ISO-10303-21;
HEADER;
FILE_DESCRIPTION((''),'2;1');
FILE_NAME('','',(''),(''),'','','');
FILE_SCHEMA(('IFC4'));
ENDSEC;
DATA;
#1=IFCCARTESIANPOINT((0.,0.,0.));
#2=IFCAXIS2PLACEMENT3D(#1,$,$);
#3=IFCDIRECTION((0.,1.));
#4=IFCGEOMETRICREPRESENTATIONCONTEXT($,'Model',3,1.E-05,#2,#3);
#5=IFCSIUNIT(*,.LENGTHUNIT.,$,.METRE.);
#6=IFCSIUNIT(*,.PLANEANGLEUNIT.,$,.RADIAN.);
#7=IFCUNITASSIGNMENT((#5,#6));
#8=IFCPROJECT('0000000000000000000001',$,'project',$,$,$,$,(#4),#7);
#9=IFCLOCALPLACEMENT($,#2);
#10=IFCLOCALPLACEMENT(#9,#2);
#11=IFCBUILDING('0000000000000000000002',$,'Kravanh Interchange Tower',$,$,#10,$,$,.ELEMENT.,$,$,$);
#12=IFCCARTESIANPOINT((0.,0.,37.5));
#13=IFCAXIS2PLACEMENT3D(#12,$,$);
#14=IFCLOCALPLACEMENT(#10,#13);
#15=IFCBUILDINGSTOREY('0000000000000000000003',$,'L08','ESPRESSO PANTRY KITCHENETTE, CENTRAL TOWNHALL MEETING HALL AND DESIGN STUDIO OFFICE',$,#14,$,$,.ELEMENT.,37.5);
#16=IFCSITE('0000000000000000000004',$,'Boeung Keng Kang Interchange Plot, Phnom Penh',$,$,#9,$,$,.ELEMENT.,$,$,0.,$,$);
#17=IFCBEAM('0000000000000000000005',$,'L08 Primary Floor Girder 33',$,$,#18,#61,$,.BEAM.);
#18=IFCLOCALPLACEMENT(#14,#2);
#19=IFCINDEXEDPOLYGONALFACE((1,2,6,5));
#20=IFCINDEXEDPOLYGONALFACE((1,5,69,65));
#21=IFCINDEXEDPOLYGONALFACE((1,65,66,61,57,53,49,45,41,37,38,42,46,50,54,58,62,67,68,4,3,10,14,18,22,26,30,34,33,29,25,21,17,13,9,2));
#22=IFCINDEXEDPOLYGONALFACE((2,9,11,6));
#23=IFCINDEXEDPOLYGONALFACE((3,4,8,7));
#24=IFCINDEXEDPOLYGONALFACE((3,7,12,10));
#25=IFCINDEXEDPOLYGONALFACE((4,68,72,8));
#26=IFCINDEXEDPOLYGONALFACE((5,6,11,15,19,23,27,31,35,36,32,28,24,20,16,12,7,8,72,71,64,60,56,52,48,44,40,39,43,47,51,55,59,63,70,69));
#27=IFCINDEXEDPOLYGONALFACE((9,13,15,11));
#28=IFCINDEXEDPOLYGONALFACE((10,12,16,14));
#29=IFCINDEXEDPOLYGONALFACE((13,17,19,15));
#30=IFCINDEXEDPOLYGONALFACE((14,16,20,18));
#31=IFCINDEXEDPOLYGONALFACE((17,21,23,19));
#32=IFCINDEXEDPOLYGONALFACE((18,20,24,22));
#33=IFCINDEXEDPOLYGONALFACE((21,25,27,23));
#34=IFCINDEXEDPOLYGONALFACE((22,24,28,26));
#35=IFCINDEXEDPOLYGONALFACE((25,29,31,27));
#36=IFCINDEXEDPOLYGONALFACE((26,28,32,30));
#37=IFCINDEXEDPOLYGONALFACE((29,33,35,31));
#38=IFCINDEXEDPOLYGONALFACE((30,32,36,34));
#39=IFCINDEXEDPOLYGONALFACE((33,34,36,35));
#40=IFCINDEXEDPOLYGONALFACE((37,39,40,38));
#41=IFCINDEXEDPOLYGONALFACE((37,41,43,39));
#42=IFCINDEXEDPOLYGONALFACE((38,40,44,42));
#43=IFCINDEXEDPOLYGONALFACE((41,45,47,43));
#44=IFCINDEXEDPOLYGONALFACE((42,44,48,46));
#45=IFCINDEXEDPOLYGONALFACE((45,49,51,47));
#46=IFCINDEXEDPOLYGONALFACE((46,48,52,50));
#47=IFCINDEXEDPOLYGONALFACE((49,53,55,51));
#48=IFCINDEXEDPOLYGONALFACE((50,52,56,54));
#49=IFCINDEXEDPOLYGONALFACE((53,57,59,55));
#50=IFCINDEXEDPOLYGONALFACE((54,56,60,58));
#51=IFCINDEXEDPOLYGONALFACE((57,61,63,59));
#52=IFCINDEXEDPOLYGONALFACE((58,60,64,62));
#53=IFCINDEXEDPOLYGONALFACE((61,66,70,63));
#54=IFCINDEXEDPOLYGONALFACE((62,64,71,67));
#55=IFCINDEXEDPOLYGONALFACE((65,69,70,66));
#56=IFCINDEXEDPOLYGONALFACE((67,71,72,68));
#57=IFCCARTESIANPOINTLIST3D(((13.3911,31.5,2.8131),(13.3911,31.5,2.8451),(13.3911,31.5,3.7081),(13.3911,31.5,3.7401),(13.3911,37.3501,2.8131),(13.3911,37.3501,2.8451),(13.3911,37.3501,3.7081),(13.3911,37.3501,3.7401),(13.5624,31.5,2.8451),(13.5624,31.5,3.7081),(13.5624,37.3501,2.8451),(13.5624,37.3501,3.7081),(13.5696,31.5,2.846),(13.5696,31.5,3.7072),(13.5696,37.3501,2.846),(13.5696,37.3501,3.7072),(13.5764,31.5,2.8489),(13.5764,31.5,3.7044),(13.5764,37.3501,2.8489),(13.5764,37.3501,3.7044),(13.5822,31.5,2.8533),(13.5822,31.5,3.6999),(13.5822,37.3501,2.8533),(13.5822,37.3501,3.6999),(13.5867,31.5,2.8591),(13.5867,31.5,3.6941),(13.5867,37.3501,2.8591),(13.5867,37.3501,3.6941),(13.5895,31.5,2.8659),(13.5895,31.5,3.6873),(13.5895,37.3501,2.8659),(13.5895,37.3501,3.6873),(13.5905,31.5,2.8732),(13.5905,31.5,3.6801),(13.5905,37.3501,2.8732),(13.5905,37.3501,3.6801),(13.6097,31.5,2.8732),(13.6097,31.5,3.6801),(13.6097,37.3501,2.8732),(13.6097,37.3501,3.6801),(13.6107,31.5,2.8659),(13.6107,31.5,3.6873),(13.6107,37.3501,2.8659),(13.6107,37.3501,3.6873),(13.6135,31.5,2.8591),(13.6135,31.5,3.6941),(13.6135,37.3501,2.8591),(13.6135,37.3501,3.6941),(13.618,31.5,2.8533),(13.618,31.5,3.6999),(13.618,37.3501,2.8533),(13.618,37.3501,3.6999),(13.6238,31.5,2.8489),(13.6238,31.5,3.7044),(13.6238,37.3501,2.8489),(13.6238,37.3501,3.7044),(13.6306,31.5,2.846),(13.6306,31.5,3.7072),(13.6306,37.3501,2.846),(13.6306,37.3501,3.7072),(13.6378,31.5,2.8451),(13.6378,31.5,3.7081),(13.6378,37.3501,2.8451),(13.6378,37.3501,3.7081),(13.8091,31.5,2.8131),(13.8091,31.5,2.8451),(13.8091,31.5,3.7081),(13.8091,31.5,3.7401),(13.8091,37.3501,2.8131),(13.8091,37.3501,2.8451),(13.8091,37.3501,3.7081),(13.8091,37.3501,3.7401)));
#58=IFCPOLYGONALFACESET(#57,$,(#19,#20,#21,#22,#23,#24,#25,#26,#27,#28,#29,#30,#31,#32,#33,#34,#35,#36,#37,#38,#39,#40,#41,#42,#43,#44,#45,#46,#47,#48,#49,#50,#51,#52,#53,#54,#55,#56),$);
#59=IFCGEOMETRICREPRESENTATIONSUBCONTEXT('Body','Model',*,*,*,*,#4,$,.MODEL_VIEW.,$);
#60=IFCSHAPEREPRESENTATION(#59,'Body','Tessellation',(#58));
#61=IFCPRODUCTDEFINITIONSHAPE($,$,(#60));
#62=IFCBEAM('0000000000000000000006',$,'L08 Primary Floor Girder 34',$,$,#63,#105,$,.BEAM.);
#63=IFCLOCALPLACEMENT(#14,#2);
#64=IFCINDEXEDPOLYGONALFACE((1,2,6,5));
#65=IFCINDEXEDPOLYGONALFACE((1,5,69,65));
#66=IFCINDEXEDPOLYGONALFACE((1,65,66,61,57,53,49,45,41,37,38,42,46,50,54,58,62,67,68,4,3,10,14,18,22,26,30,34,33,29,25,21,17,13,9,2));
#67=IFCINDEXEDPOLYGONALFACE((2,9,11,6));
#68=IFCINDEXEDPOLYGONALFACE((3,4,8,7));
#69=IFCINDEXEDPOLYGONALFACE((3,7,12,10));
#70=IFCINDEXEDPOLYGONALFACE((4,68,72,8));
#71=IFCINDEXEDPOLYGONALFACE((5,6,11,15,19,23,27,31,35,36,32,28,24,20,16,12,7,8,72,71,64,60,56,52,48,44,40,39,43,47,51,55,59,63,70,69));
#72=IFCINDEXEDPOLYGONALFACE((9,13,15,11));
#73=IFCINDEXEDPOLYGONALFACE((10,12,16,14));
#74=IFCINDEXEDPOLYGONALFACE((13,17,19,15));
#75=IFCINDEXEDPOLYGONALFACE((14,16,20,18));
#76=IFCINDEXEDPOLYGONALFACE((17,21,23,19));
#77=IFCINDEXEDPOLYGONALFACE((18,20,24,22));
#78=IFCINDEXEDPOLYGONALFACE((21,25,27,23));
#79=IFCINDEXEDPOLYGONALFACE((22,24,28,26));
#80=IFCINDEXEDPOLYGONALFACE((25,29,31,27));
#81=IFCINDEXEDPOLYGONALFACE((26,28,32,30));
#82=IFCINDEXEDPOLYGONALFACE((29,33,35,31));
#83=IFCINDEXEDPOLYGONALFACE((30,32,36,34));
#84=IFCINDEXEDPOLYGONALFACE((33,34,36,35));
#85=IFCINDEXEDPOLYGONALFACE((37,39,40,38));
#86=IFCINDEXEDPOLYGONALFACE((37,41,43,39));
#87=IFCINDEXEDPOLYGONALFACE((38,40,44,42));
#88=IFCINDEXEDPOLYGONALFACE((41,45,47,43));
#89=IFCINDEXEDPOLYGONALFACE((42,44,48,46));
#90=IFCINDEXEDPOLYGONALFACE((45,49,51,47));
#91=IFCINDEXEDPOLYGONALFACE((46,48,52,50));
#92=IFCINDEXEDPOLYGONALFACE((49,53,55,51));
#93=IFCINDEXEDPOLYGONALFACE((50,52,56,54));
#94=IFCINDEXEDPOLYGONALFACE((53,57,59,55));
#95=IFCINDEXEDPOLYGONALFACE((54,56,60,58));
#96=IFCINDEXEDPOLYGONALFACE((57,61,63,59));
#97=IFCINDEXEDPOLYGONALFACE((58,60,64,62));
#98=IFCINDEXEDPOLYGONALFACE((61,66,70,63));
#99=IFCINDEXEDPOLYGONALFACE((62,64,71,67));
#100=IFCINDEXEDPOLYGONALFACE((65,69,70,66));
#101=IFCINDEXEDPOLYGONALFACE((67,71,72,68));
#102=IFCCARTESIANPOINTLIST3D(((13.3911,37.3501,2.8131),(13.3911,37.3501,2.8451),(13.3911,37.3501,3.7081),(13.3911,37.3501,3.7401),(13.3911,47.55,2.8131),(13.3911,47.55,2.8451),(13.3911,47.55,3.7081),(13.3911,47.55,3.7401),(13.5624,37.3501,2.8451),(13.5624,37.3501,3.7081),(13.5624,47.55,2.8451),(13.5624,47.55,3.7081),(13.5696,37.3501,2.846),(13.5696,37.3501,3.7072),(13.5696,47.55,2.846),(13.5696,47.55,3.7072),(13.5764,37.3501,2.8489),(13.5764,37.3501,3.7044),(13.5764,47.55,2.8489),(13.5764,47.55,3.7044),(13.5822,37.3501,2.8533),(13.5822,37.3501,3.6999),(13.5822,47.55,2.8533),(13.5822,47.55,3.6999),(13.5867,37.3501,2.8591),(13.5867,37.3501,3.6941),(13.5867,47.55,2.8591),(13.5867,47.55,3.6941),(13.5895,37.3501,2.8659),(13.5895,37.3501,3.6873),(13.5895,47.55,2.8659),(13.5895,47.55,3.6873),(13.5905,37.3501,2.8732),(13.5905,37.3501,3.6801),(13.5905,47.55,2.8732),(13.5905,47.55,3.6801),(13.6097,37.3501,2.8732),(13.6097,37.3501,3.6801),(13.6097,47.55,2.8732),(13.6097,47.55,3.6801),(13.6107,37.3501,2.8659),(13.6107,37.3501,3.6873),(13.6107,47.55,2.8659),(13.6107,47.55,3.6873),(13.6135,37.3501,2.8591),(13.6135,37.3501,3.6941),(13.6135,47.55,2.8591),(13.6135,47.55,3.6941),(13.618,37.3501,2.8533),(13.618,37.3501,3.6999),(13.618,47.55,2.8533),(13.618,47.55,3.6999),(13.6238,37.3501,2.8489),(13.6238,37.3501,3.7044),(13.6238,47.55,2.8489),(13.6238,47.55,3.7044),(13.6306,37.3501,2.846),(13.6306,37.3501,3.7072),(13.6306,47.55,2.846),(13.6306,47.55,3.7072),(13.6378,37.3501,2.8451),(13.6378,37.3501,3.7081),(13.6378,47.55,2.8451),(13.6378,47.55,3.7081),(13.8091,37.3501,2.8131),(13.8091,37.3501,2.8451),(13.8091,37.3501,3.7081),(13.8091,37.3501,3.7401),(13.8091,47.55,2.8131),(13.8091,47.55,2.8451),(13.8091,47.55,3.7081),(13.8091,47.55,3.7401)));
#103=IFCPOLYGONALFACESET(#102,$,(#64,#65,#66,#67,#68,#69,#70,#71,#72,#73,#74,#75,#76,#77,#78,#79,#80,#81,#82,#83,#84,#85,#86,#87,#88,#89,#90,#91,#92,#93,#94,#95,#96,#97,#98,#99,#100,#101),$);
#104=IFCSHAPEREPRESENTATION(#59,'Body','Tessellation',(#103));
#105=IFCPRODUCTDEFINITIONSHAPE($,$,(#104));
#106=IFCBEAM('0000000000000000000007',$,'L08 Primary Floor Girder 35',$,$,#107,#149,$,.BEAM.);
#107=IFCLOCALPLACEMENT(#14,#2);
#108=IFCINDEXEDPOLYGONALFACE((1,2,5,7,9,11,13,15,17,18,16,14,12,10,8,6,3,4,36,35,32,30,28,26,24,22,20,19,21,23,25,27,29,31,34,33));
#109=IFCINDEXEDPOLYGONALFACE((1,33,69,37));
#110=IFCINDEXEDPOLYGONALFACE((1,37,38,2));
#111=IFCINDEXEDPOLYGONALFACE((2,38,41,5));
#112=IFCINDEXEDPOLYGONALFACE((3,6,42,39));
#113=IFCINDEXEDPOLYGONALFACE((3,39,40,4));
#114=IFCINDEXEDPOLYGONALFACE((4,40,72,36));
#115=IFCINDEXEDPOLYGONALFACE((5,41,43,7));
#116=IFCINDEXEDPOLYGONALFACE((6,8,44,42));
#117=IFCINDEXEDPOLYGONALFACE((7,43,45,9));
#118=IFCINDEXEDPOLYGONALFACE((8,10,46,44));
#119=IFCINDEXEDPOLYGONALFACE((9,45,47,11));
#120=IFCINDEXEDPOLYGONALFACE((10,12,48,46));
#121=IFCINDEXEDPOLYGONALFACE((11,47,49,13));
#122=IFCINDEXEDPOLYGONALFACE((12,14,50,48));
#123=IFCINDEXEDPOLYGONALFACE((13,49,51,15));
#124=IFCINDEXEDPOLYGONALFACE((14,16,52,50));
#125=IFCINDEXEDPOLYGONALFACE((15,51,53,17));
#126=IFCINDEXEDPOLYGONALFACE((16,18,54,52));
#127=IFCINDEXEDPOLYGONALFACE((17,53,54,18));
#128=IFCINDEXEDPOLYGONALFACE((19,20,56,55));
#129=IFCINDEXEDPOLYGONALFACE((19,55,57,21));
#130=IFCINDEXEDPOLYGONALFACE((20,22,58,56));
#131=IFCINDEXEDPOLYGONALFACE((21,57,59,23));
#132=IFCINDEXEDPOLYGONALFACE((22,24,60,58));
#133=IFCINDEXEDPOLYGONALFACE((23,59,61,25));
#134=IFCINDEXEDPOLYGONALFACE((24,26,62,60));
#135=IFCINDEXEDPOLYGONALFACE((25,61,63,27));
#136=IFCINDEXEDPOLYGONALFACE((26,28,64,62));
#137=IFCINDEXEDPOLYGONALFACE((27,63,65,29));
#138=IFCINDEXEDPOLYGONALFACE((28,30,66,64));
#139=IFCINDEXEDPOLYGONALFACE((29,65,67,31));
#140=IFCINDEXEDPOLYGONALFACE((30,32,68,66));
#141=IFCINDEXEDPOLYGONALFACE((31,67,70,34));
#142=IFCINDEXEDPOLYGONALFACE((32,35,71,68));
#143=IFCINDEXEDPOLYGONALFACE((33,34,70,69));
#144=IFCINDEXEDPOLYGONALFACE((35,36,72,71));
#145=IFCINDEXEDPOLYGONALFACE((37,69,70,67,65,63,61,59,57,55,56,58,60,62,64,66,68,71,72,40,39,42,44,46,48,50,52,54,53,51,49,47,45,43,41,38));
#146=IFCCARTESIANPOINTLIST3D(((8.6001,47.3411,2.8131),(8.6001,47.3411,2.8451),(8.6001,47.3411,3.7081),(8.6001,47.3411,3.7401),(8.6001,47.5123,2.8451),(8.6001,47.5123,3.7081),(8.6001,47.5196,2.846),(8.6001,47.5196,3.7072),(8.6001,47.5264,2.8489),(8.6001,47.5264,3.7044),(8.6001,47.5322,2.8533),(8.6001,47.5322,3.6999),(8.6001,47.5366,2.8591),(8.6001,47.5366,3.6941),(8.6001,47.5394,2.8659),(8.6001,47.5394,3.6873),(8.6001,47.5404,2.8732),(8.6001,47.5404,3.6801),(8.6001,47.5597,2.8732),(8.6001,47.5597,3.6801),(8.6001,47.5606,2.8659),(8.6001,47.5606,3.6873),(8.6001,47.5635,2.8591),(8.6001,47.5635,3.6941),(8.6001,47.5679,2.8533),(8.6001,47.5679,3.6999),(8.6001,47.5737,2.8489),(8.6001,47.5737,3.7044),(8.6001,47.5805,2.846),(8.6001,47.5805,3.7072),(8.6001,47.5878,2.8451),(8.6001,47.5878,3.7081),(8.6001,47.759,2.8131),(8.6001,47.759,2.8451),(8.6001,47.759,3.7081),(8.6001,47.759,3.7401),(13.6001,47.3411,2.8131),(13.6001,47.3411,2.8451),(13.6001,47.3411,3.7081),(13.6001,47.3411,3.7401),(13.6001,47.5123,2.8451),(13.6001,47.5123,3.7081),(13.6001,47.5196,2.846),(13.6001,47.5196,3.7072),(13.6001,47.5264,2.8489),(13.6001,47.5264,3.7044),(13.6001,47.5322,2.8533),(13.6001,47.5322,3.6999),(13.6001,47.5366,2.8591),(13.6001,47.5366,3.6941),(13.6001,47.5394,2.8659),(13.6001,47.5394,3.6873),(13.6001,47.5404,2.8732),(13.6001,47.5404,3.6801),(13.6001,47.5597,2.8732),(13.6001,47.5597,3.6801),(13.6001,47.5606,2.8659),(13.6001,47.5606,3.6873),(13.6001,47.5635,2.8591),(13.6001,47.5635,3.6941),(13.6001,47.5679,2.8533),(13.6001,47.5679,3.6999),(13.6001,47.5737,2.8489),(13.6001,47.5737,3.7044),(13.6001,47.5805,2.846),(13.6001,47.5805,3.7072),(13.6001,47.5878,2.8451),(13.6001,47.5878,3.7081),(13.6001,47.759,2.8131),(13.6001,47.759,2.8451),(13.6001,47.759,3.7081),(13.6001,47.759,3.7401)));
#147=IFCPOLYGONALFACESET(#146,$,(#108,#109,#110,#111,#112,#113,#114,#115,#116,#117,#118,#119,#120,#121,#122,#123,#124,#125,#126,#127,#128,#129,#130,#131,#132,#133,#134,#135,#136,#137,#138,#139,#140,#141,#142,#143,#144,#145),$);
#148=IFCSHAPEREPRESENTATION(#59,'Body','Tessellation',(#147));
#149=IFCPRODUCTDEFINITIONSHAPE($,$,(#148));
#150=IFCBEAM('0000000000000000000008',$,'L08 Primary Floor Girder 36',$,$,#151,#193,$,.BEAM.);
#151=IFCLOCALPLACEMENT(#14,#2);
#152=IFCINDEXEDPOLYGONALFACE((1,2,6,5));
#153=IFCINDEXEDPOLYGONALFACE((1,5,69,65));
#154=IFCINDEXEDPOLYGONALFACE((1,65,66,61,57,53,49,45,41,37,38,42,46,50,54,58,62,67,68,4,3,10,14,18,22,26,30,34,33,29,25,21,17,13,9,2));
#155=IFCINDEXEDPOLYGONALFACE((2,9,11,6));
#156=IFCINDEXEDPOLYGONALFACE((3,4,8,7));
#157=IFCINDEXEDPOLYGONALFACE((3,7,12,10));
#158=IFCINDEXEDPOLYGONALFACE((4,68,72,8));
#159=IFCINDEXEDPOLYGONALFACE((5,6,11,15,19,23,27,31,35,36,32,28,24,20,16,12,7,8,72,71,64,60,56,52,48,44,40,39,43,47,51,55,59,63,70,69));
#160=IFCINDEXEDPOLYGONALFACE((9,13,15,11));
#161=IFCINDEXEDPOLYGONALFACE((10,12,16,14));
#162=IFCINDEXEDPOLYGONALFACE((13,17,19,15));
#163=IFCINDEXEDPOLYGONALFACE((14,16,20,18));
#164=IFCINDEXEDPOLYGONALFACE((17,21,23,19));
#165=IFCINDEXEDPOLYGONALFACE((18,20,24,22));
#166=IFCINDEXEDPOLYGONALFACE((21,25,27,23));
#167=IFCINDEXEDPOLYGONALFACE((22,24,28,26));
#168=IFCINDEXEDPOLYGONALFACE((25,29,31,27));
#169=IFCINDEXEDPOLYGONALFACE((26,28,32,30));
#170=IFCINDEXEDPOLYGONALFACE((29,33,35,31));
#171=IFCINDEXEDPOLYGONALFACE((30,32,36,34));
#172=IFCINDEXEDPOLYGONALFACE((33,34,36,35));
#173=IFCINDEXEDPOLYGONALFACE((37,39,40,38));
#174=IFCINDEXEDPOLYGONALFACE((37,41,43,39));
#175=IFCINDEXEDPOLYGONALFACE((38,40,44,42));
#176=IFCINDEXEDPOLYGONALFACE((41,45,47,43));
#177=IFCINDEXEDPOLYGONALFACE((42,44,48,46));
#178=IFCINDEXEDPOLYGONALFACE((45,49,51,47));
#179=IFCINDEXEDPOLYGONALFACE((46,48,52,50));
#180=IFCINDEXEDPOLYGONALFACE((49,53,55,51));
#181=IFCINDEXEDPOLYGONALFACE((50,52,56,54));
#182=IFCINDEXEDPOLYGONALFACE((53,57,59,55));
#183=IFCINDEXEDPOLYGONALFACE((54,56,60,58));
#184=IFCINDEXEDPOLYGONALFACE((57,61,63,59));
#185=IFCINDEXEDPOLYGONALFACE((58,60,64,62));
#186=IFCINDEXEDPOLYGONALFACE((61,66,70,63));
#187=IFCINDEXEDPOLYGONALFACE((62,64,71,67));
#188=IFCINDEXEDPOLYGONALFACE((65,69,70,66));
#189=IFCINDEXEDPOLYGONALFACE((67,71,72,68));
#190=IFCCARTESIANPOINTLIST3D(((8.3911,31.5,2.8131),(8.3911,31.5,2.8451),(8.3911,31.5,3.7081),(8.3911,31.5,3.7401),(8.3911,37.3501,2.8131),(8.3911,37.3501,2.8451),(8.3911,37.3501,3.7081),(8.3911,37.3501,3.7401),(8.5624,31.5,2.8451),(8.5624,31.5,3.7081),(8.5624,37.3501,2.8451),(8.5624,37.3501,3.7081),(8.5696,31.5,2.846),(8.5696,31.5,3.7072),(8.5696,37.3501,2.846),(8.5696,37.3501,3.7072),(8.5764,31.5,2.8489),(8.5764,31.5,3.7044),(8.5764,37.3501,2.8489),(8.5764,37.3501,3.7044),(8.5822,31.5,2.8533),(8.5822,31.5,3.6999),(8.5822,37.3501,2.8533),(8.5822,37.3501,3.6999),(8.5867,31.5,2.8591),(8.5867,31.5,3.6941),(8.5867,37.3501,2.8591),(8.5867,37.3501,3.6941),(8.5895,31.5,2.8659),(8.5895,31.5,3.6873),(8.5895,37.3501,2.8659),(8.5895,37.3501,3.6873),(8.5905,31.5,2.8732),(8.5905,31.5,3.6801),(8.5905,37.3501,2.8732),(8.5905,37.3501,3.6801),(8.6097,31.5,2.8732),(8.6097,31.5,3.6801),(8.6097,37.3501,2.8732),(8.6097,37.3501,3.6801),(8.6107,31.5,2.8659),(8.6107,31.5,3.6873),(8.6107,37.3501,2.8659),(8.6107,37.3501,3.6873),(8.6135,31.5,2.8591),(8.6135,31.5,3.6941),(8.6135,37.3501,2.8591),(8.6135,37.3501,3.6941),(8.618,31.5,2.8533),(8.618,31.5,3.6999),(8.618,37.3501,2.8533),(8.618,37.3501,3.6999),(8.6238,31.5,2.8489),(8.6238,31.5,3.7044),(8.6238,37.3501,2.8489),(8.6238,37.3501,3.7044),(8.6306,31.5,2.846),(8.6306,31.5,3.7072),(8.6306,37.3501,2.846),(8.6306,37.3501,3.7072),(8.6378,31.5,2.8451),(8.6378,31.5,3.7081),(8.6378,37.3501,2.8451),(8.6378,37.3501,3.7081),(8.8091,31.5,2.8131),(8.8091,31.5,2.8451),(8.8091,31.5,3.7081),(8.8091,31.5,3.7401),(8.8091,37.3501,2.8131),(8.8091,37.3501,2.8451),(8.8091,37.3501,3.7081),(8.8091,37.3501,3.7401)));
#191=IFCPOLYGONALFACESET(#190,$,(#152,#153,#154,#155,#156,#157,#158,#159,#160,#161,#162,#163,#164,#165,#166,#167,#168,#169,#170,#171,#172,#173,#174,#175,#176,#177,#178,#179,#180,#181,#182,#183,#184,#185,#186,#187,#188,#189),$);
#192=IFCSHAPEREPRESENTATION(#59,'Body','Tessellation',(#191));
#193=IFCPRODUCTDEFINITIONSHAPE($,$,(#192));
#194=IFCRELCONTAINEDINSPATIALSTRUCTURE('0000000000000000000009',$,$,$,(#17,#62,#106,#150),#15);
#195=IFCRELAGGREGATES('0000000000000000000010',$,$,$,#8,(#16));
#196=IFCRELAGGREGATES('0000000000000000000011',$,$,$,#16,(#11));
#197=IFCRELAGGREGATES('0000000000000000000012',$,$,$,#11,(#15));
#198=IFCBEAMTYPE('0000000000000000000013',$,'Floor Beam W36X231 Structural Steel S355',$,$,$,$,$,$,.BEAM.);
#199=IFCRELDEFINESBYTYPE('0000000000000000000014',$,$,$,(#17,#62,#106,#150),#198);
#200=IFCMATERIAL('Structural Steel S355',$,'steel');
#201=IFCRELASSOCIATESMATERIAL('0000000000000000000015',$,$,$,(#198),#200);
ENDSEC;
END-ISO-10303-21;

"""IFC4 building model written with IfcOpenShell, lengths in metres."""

from ifc_helpers import new_model, si_unit, direction, frame, origin, origin_2d, place, context, subcontext, project, spatial, i_section, extrude, material, material_profile, profile_set, type_object, element, save


model = new_model("IFC4")

# Units and contexts
model_context = context("Model", 3, precision=1e-05, world=origin(), true_north=direction((0.0, 1.0)))
body_context = subcontext(model_context, "Body", "Model", "MODEL_VIEW")
ifc_project = project(units=[si_unit("LENGTHUNIT", "METRE"), si_unit("PLANEANGLEUNIT", "RADIAN")], contexts=[model_context])

# Site, building, storey
site_placement = place(None, origin())
site = spatial("IfcSite", under=ifc_project, at=site_placement, Name="Boeung Keng Kang Interchange Plot, Phnom Penh", CompositionType="ELEMENT", RefElevation=0.0)
building_placement = place(site_placement, origin())
building = spatial("IfcBuilding", under=site, at=building_placement, Name="Kravanh Interchange Tower", CompositionType="ELEMENT")
storey_placement = place(building_placement, frame((0.0, 0.0, 37.5)))
storey = spatial("IfcBuildingStorey", under=building, at=storey_placement, Name="L08", Description="ESPRESSO PANTRY KITCHENETTE, CENTRAL TOWNHALL MEETING HALL AND DESIGN STUDIO OFFICE", CompositionType="ELEMENT", Elevation=37.5)

# Beams
ifc_material_1 = material(Name="Structural Steel S355", Category="steel")
ifc_material_profile_1 = material_profile(ifc_material_1, i_section(OverallWidth=0.418, OverallDepth=0.927, WebThickness=0.0193, FlangeThickness=0.032, FilletRadius=0.0281, at=origin_2d()), Name="W36X231")
ifc_profile_set_1 = profile_set([ifc_material_profile_1], Name="Structural Steel S355")
beam_type = type_object("IfcBeamType", Name="Floor Beam W36X231 Structural Steel S355", PredefinedType="BEAM", material=ifc_profile_set_1)
beam_1_placement = place(storey_placement, frame((13.6001, 37.3501, 3.2766), z_axis=(0.0, -1.0, 0.0), x_axis=(1.0, 0.0, 0.0)))
element("IfcBeam", 1, at=beam_1_placement, inside=storey, type_object=beam_type, Name="L08 Primary Floor Girder 33", PredefinedType="BEAM", context=body_context, shape_type="SweptSolid", body=[
    extrude(i_section(OverallWidth=0.418, OverallDepth=0.927, WebThickness=0.0193, FlangeThickness=0.032, FilletRadius=0.0281, at=origin_2d()), origin(), (0.0, 0.0, 1.0), 5.8501),
])
beam_2_placement = place(storey_placement, frame((13.6001, 37.3501, 3.2766), z_axis=(0.0, 1.0, 0.0), x_axis=(-1.0, 0.0, 0.0)))
element("IfcBeam", 2, at=beam_2_placement, inside=storey, type_object=beam_type, Name="L08 Primary Floor Girder 34", PredefinedType="BEAM", context=body_context, shape_type="SweptSolid", body=[
    extrude(i_section(OverallWidth=0.418, OverallDepth=0.927, WebThickness=0.0193, FlangeThickness=0.032, FilletRadius=0.0281, at=origin_2d()), origin(), (0.0, 0.0, 1.0), 10.2),
])
beam_3_placement = place(storey_placement, frame((13.6001, 47.55, 3.2766), z_axis=(-1.0, 0.0, 0.0), x_axis=(0.0, -1.0, 0.0)))
element("IfcBeam", 3, at=beam_3_placement, inside=storey, type_object=beam_type, Name="L08 Primary Floor Girder 35", PredefinedType="BEAM", context=body_context, shape_type="SweptSolid", body=[
    extrude(i_section(OverallWidth=0.418, OverallDepth=0.927, WebThickness=0.0193, FlangeThickness=0.032, FilletRadius=0.0281, at=origin_2d()), origin(), (0.0, 0.0, 1.0), 5.0),
])
beam_4_placement = place(storey_placement, frame((8.6001, 37.3501, 3.2766), z_axis=(0.0, -1.0, 0.0), x_axis=(1.0, 0.0, 0.0)))
element("IfcBeam", 4, at=beam_4_placement, inside=storey, type_object=beam_type, Name="L08 Primary Floor Girder 36", PredefinedType="BEAM", context=body_context, shape_type="SweptSolid", body=[
    extrude(i_section(OverallWidth=0.418, OverallDepth=0.927, WebThickness=0.0193, FlangeThickness=0.032, FilletRadius=0.0281, at=origin_2d()), origin(), (0.0, 0.0, 1.0), 5.8501),
])

save(model, "model.ifc")
